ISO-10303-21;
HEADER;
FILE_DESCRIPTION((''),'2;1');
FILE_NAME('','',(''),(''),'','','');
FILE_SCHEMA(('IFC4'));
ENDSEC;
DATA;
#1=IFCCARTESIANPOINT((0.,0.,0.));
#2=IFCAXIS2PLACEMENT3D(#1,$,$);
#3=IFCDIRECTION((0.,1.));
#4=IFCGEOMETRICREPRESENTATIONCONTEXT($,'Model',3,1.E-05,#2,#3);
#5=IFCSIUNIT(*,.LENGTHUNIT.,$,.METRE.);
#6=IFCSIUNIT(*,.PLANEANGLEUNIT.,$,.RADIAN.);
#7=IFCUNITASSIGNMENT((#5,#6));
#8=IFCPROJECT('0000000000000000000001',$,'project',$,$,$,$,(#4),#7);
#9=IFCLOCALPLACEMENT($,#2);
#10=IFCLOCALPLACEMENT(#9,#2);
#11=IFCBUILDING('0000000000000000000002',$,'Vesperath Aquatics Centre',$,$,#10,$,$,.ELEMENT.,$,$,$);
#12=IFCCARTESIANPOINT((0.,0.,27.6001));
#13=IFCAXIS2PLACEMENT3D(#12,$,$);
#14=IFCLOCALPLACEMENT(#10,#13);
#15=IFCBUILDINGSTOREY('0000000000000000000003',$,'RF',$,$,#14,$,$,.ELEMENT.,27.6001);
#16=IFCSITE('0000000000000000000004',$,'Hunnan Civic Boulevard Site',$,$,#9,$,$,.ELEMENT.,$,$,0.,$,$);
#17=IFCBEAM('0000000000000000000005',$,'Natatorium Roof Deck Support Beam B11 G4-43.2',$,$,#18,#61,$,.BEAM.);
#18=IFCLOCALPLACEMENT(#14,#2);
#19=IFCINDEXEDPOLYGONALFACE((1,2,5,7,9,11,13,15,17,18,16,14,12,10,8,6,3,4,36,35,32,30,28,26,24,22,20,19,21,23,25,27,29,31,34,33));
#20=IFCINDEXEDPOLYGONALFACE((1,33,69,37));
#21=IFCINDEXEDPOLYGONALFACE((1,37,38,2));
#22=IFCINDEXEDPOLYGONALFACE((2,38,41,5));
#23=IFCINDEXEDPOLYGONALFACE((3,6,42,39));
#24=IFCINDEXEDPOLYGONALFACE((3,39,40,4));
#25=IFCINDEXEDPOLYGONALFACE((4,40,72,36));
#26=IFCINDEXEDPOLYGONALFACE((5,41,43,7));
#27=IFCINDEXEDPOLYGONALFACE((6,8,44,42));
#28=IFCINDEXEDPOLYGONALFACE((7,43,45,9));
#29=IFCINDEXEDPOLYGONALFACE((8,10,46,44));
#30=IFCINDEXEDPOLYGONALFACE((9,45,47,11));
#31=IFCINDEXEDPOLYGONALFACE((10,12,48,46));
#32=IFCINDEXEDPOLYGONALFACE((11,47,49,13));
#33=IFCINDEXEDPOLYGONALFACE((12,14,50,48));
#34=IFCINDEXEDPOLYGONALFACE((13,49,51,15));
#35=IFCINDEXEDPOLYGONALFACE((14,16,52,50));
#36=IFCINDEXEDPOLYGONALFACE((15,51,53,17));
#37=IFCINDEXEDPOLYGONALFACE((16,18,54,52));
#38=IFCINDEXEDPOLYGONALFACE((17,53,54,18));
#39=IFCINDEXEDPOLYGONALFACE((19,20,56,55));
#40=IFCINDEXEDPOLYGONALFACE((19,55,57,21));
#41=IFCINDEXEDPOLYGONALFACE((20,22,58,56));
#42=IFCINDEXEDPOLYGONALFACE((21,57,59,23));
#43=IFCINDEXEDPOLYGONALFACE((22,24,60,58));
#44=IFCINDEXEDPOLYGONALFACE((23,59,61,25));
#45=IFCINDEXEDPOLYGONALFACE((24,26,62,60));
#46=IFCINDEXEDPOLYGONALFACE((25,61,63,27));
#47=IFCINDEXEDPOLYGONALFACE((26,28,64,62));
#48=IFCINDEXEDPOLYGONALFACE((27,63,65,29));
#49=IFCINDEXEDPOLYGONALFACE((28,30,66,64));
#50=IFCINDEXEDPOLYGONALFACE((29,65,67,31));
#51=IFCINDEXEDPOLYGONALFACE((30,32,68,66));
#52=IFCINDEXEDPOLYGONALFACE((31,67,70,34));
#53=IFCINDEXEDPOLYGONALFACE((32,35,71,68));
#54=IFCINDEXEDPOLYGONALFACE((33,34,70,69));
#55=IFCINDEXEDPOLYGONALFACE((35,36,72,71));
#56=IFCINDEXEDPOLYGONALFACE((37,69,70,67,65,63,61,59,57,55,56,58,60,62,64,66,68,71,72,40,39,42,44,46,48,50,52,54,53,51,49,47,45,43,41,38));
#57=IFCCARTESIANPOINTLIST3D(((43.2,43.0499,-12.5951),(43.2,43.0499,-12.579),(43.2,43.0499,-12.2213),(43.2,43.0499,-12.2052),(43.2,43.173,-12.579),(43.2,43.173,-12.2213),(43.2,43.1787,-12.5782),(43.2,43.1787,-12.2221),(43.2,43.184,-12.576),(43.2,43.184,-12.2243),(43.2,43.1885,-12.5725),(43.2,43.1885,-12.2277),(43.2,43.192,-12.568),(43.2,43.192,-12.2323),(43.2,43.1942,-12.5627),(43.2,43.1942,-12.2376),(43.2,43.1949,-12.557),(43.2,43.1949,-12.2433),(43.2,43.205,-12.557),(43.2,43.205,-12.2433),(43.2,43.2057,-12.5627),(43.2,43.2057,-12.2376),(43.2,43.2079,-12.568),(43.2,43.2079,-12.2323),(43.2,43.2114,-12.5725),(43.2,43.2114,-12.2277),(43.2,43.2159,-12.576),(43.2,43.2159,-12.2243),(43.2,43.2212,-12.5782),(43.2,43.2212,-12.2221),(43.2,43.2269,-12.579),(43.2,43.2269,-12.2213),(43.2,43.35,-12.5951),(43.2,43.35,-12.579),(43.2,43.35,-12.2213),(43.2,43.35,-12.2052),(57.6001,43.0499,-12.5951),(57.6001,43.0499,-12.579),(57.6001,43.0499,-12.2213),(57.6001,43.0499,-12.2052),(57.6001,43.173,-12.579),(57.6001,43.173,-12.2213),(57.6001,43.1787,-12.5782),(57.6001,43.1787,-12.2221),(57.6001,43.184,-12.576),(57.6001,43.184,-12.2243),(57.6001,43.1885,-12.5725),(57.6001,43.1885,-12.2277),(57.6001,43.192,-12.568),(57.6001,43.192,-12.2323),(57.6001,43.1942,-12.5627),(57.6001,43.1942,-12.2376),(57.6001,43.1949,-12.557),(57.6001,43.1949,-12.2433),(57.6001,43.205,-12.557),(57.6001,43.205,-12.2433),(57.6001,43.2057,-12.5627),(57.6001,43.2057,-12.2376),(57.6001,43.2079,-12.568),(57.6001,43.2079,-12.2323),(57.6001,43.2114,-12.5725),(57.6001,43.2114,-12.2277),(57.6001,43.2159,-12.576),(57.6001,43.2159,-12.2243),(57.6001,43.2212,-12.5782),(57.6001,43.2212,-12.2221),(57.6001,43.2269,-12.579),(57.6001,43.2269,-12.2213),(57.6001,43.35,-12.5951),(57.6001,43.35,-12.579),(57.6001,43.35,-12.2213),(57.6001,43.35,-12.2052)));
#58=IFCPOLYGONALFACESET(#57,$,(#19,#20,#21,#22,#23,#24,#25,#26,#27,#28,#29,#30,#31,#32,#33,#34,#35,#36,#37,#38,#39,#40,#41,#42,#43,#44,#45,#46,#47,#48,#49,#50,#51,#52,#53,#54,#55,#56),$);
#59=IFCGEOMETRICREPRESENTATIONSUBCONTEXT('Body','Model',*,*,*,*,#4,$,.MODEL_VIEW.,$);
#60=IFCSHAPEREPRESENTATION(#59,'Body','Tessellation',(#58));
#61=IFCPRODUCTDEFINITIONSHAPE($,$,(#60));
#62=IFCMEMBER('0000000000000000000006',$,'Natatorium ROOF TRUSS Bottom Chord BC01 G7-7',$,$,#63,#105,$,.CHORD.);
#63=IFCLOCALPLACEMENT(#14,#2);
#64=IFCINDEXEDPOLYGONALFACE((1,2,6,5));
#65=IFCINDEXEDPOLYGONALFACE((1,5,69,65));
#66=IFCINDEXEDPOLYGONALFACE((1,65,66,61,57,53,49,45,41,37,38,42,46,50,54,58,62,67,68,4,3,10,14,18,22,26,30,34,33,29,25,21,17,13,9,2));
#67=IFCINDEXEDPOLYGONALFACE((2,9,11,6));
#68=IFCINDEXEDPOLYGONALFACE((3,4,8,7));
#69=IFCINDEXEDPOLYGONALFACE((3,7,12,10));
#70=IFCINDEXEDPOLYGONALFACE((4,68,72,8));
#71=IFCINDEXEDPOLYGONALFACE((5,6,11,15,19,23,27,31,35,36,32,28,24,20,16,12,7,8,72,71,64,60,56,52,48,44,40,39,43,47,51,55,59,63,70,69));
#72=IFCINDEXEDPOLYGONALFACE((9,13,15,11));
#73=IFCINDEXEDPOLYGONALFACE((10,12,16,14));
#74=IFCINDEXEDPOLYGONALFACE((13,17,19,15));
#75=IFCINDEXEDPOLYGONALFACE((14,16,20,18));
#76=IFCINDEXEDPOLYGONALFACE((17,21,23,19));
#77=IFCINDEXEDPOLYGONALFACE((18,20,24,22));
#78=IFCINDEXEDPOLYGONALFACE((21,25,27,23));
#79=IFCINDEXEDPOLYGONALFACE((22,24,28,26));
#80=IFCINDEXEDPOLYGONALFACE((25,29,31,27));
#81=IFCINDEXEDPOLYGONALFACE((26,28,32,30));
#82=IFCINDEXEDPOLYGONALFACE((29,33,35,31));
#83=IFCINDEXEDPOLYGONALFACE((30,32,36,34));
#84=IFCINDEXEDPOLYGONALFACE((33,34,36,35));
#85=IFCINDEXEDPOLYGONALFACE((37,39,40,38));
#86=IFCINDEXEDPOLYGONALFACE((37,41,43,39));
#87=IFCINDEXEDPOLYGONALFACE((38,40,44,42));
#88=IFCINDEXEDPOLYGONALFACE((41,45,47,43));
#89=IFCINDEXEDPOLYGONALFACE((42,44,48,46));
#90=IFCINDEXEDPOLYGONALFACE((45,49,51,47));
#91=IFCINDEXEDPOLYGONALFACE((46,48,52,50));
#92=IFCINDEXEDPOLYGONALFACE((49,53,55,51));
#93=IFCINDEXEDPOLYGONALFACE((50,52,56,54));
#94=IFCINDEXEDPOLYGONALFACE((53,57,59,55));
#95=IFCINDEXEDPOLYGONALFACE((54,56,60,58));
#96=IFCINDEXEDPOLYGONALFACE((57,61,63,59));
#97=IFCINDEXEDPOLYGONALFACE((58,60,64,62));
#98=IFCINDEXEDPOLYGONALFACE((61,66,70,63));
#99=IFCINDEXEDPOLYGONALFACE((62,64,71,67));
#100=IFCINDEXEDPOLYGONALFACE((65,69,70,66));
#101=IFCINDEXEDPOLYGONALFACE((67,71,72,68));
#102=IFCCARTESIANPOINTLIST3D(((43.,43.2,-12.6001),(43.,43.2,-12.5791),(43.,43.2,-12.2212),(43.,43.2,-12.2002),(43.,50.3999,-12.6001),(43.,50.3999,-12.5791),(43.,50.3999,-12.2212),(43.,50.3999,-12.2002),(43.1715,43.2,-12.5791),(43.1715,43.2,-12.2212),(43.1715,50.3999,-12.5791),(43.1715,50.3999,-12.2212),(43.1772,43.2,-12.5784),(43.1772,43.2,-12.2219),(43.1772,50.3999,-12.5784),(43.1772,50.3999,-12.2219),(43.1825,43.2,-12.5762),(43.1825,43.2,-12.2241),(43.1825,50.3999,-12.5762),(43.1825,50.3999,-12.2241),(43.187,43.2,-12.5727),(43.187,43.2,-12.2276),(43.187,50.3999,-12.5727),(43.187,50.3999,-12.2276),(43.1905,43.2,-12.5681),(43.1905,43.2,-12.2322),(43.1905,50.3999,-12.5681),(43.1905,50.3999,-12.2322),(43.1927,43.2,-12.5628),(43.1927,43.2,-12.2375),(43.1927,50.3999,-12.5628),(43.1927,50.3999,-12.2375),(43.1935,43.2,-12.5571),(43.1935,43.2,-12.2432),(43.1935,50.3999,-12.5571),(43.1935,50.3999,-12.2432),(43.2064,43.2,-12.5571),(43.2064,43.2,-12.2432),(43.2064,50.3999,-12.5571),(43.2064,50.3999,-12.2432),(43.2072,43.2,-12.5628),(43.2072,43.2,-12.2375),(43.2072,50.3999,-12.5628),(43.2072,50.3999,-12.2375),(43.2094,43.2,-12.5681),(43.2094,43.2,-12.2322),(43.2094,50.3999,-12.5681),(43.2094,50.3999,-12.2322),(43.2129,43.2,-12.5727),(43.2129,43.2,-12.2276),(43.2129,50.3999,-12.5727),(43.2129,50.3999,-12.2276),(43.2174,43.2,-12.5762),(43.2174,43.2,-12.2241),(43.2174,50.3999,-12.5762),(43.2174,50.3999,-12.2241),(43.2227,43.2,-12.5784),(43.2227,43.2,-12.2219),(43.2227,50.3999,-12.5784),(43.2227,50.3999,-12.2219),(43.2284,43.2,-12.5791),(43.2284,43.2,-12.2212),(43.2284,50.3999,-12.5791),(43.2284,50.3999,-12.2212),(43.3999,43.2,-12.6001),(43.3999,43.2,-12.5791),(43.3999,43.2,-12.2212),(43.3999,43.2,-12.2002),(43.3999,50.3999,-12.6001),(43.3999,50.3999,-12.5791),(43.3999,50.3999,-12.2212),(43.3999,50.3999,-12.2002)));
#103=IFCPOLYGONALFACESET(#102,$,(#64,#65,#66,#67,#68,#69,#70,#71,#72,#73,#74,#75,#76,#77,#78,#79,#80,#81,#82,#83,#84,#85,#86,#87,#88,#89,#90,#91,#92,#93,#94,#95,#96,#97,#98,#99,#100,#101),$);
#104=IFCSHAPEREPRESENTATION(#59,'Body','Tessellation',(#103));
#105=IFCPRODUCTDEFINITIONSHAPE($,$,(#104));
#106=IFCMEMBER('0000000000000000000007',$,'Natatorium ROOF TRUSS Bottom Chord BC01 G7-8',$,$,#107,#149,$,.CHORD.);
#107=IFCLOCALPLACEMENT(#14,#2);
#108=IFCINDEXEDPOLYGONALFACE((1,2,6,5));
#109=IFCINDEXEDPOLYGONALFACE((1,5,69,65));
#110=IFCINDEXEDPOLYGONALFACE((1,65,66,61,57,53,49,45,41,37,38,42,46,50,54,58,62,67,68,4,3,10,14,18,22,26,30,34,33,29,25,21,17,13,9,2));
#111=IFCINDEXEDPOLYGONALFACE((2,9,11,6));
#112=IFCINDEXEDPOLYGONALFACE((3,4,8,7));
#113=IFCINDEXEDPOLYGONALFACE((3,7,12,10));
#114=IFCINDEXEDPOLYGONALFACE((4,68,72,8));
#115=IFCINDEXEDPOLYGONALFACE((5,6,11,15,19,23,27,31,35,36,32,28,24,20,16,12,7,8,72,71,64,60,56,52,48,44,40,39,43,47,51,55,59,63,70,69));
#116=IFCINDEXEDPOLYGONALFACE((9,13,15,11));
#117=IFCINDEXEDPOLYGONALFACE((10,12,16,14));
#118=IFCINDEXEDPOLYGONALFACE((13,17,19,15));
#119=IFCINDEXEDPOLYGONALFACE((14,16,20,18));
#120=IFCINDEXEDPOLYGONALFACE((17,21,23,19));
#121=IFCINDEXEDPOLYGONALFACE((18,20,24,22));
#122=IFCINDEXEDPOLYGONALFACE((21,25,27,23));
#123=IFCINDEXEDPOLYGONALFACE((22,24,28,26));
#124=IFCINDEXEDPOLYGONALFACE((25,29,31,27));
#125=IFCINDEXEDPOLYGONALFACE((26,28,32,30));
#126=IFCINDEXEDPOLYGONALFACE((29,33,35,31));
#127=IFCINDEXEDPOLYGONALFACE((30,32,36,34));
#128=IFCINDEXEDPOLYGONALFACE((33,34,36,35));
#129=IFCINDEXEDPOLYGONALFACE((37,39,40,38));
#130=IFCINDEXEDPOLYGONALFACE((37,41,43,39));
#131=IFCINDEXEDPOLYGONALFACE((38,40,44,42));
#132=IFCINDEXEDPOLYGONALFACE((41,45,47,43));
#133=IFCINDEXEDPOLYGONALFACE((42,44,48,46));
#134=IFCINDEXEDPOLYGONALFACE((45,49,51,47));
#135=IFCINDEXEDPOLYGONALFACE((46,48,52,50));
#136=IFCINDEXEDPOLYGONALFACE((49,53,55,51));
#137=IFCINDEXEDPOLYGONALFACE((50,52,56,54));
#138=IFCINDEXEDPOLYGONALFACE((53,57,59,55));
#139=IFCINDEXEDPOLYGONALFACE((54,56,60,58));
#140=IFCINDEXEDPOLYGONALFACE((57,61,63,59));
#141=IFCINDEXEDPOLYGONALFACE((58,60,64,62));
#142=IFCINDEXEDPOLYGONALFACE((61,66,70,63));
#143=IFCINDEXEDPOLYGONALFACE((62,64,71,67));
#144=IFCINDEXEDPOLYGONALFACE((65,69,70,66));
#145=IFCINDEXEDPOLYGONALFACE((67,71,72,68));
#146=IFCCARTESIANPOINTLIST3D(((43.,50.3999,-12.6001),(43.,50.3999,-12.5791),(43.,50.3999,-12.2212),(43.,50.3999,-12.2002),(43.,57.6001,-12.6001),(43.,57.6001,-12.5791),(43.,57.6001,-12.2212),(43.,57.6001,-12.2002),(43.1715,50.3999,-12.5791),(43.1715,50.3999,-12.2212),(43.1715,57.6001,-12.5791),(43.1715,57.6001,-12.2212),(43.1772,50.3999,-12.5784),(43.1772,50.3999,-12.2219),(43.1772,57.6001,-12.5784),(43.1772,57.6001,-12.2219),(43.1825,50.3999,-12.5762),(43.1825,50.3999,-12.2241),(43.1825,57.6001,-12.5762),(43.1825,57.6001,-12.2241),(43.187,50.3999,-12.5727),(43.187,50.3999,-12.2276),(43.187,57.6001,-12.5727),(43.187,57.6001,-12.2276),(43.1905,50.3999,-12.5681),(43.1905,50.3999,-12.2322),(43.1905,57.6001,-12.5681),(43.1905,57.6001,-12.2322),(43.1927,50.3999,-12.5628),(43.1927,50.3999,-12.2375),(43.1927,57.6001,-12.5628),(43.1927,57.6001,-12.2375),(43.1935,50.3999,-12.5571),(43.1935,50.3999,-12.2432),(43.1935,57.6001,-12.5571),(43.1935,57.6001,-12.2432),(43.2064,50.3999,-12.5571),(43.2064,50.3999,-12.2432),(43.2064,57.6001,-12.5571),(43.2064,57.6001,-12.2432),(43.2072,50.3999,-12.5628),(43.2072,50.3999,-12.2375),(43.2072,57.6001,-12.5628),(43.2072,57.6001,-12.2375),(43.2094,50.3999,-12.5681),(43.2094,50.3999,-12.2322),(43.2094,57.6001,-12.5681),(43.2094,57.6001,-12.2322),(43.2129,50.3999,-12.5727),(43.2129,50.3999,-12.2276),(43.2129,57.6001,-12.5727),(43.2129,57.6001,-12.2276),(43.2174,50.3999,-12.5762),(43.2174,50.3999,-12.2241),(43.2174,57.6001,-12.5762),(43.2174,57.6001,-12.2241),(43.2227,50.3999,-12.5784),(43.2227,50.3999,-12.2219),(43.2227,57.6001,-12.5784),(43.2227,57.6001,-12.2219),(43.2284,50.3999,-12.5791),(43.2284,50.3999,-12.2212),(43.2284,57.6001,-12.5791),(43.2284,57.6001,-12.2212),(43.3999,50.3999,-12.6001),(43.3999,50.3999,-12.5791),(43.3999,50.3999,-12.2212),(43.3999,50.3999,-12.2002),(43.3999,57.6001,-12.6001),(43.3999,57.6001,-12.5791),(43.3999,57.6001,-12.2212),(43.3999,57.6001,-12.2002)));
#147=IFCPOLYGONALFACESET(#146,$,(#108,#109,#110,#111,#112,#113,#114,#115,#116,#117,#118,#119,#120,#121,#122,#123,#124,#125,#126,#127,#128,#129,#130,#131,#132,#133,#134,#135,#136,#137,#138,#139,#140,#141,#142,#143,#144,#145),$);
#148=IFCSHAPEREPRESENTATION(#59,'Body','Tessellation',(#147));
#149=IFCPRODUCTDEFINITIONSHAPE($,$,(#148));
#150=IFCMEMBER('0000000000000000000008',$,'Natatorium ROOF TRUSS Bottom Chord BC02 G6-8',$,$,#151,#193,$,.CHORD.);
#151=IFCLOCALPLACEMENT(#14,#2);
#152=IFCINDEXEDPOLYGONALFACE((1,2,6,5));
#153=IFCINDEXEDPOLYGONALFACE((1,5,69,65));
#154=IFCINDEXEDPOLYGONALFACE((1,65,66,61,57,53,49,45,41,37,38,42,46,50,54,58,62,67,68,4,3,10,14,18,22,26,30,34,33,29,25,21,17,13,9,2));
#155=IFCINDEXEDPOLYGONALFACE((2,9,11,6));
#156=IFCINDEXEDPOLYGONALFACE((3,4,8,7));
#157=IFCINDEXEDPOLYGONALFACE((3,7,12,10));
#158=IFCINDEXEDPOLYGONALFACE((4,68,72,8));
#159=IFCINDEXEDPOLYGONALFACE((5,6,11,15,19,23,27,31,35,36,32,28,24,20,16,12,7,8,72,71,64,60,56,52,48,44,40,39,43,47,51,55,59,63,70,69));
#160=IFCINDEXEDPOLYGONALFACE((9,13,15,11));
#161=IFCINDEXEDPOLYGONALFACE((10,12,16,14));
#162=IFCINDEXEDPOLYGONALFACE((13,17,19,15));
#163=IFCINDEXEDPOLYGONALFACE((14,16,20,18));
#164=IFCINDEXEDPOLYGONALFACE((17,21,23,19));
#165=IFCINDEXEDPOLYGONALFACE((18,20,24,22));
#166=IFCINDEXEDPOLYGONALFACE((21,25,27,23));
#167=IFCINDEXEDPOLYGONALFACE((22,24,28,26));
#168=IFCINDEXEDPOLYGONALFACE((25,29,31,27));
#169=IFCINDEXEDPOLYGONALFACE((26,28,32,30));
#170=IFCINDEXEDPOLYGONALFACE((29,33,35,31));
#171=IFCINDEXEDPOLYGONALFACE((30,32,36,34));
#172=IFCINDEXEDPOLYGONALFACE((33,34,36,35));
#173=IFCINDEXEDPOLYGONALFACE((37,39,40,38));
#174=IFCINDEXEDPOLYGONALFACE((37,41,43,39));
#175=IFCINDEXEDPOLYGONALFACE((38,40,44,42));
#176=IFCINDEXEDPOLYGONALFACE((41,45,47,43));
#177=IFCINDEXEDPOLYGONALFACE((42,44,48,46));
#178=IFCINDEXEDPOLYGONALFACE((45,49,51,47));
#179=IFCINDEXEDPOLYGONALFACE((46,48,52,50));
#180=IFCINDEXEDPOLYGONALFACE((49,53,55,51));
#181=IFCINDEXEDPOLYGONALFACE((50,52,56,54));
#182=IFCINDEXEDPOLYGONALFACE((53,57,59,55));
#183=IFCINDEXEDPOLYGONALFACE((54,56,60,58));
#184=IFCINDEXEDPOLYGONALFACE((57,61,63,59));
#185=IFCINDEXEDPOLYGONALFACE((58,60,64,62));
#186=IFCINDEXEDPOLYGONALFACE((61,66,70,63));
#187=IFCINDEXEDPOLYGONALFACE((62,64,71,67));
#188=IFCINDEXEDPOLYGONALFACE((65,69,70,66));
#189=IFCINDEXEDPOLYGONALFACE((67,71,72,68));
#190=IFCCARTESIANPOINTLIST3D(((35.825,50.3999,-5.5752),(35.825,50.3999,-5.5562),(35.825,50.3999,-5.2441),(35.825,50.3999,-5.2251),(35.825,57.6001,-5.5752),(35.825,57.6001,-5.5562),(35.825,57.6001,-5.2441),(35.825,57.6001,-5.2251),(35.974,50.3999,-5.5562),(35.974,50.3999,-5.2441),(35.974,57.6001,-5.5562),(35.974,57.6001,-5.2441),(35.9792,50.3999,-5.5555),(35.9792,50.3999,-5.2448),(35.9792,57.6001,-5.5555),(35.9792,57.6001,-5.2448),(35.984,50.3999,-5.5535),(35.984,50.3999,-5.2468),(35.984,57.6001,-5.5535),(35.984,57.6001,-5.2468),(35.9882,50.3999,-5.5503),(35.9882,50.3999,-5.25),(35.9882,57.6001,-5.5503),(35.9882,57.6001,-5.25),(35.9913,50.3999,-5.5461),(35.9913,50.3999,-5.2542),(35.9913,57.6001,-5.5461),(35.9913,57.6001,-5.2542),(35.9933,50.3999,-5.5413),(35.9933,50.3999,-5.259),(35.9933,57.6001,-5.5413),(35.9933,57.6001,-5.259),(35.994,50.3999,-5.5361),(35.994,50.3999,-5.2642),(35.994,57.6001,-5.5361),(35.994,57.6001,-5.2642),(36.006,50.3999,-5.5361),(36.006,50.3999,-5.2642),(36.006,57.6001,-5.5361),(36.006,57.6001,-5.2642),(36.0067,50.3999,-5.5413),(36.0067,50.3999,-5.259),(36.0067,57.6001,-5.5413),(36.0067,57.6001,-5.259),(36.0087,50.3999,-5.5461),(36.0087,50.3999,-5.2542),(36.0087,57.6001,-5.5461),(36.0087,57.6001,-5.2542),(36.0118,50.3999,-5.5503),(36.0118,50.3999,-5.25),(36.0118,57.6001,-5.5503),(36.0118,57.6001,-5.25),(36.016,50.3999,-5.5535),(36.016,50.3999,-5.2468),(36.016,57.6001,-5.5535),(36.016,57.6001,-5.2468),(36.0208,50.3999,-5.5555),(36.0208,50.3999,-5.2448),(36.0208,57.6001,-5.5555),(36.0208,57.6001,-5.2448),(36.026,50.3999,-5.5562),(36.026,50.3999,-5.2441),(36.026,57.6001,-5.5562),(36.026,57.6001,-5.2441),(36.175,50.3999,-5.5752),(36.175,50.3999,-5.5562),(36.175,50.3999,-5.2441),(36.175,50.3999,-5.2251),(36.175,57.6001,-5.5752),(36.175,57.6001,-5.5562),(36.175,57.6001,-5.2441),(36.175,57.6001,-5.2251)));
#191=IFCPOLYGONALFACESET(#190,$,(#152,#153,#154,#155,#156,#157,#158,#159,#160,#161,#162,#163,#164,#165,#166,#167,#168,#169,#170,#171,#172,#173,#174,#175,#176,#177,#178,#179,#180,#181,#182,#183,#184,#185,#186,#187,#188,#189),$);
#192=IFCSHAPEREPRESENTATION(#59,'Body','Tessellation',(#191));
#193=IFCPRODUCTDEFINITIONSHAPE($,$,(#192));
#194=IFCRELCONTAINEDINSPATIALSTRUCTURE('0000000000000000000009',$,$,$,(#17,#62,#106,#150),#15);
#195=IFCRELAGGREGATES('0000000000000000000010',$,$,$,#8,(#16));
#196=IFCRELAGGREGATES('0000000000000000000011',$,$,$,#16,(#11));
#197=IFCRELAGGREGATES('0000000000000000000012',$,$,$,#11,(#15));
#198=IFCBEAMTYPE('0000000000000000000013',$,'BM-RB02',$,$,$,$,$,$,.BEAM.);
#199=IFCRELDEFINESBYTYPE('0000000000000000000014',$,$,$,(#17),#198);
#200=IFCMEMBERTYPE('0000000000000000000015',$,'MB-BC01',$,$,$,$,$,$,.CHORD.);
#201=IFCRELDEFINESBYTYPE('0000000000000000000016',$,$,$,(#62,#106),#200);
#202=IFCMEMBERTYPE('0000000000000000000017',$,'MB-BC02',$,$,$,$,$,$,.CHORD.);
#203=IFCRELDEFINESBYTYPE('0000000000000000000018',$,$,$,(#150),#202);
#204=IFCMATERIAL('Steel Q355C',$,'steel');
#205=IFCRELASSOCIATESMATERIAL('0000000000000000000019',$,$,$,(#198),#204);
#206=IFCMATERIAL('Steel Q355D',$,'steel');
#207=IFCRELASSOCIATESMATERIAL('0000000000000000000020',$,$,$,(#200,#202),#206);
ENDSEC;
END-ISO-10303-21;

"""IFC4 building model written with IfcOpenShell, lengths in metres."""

from ifc_helpers import new_model, si_unit, direction, frame, origin, origin_2d, place, context, subcontext, project, spatial, i_section, extrude, material, material_profile, profile_set, type_object, element, save


model = new_model("IFC4")

# Units and contexts
model_context = context("Model", 3, precision=1e-05, world=origin(), true_north=direction((0.0, 1.0)))
body_context = subcontext(model_context, "Body", "Model", "MODEL_VIEW")
ifc_project = project(units=[si_unit("LENGTHUNIT", "METRE"), si_unit("PLANEANGLEUNIT", "RADIAN")], contexts=[model_context])

# Site, building, storey
site_placement = place(None, origin())
site = spatial("IfcSite", under=ifc_project, at=site_placement, Name="Hunnan Civic Boulevard Site", CompositionType="ELEMENT", RefElevation=0.0)
building_placement = place(site_placement, origin())
building = spatial("IfcBuilding", under=site, at=building_placement, Name="Vesperath Aquatics Centre", CompositionType="ELEMENT")
storey_placement = place(building_placement, frame((0.0, 0.0, 27.6001)))
storey = spatial("IfcBuildingStorey", under=building, at=storey_placement, Name="RF", CompositionType="ELEMENT", Elevation=27.6001)

# Beam
ifc_material_1 = material(Name="Steel Q355C", Category="steel")
ifc_material_profile_1 = material_profile(ifc_material_1, i_section(OverallWidth=0.3, OverallDepth=0.3899, WebThickness=0.01, FlangeThickness=0.0161, FilletRadius=0.022, at=origin_2d()), Name="HM 390x300x10x16")
ifc_profile_set_1 = profile_set([ifc_material_profile_1], Name="Steel Q355C")
beam_type = type_object("IfcBeamType", Name="BM-RB02", PredefinedType="BEAM", material=ifc_profile_set_1)
beam_placement = place(storey_placement, frame((43.2, 43.2, -12.4001), z_axis=(1.0, 0.0, 0.0), x_axis=(0.0, 1.0, 0.0)))
element("IfcBeam", 1, at=beam_placement, inside=storey, type_object=beam_type, Name="Natatorium Roof Deck Support Beam B11 G4-43.2", PredefinedType="BEAM", context=body_context, shape_type="SweptSolid", body=[
    extrude(i_section(OverallWidth=0.3, OverallDepth=0.3899, WebThickness=0.01, FlangeThickness=0.0161, FilletRadius=0.022, at=origin_2d()), origin(), (0.0, 0.0, 1.0), 14.4001),
])

# Members
ifc_material_2 = material(Name="Steel Q355D", Category="steel")
ifc_material_profile_2 = material_profile(ifc_material_2, i_section(OverallWidth=0.3999, OverallDepth=0.3999, WebThickness=0.0129, FlangeThickness=0.021, FilletRadius=0.022, at=origin_2d()), Name="HW 400x400x13x21")
ifc_profile_set_2 = profile_set([ifc_material_profile_2], Name="Steel Q355D")
member_type_1 = type_object("IfcMemberType", Name="MB-BC01", PredefinedType="CHORD", material=ifc_profile_set_2)
member_1_placement = place(storey_placement, frame((43.2, 43.2, -12.4001), z_axis=(0.0, 1.0, 0.0), x_axis=(-1.0, 0.0, 0.0)))
element("IfcMember", 2, at=member_1_placement, inside=storey, type_object=member_type_1, Name="Natatorium ROOF TRUSS Bottom Chord BC01 G7-7", PredefinedType="CHORD", context=body_context, shape_type="SweptSolid", body=[
    extrude(i_section(OverallWidth=0.3999, OverallDepth=0.3999, WebThickness=0.0129, FlangeThickness=0.021, FilletRadius=0.022, at=origin_2d()), origin(), (0.0, 0.0, 1.0), 7.2),
])
member_2_placement = place(storey_placement, frame((43.2, 50.3999, -12.4001), z_axis=(0.0, 1.0, 0.0), x_axis=(-1.0, 0.0, 0.0)))
element("IfcMember", 3, at=member_2_placement, inside=storey, type_object=member_type_1, Name="Natatorium ROOF TRUSS Bottom Chord BC01 G7-8", PredefinedType="CHORD", context=body_context, shape_type="SweptSolid", body=[
    extrude(i_section(OverallWidth=0.3999, OverallDepth=0.3999, WebThickness=0.0129, FlangeThickness=0.021, FilletRadius=0.022, at=origin_2d()), origin(), (0.0, 0.0, 1.0), 7.2002),
])
ifc_material_profile_3 = material_profile(ifc_material_2, i_section(OverallWidth=0.3501, OverallDepth=0.3501, WebThickness=0.012, FlangeThickness=0.019, FilletRadius=0.02, at=origin_2d()), Name="HW 350x350x12x19")
ifc_profile_set_3 = profile_set([ifc_material_profile_3], Name="Steel Q355D")
member_type_2 = type_object("IfcMemberType", Name="MB-BC02", PredefinedType="CHORD", material=ifc_profile_set_3)
member_3_placement = place(storey_placement, frame((36.0, 50.3999, -5.4001), z_axis=(0.0, 1.0, 0.0), x_axis=(-1.0, 0.0, 0.0)))
element("IfcMember", 4, at=member_3_placement, inside=storey, type_object=member_type_2, Name="Natatorium ROOF TRUSS Bottom Chord BC02 G6-8", PredefinedType="CHORD", context=body_context, shape_type="SweptSolid", body=[
    extrude(i_section(OverallWidth=0.3501, OverallDepth=0.3501, WebThickness=0.012, FlangeThickness=0.019, FilletRadius=0.02, at=origin_2d()), origin(), (0.0, 0.0, 1.0), 7.2002),
])

save(model, "model.ifc")
